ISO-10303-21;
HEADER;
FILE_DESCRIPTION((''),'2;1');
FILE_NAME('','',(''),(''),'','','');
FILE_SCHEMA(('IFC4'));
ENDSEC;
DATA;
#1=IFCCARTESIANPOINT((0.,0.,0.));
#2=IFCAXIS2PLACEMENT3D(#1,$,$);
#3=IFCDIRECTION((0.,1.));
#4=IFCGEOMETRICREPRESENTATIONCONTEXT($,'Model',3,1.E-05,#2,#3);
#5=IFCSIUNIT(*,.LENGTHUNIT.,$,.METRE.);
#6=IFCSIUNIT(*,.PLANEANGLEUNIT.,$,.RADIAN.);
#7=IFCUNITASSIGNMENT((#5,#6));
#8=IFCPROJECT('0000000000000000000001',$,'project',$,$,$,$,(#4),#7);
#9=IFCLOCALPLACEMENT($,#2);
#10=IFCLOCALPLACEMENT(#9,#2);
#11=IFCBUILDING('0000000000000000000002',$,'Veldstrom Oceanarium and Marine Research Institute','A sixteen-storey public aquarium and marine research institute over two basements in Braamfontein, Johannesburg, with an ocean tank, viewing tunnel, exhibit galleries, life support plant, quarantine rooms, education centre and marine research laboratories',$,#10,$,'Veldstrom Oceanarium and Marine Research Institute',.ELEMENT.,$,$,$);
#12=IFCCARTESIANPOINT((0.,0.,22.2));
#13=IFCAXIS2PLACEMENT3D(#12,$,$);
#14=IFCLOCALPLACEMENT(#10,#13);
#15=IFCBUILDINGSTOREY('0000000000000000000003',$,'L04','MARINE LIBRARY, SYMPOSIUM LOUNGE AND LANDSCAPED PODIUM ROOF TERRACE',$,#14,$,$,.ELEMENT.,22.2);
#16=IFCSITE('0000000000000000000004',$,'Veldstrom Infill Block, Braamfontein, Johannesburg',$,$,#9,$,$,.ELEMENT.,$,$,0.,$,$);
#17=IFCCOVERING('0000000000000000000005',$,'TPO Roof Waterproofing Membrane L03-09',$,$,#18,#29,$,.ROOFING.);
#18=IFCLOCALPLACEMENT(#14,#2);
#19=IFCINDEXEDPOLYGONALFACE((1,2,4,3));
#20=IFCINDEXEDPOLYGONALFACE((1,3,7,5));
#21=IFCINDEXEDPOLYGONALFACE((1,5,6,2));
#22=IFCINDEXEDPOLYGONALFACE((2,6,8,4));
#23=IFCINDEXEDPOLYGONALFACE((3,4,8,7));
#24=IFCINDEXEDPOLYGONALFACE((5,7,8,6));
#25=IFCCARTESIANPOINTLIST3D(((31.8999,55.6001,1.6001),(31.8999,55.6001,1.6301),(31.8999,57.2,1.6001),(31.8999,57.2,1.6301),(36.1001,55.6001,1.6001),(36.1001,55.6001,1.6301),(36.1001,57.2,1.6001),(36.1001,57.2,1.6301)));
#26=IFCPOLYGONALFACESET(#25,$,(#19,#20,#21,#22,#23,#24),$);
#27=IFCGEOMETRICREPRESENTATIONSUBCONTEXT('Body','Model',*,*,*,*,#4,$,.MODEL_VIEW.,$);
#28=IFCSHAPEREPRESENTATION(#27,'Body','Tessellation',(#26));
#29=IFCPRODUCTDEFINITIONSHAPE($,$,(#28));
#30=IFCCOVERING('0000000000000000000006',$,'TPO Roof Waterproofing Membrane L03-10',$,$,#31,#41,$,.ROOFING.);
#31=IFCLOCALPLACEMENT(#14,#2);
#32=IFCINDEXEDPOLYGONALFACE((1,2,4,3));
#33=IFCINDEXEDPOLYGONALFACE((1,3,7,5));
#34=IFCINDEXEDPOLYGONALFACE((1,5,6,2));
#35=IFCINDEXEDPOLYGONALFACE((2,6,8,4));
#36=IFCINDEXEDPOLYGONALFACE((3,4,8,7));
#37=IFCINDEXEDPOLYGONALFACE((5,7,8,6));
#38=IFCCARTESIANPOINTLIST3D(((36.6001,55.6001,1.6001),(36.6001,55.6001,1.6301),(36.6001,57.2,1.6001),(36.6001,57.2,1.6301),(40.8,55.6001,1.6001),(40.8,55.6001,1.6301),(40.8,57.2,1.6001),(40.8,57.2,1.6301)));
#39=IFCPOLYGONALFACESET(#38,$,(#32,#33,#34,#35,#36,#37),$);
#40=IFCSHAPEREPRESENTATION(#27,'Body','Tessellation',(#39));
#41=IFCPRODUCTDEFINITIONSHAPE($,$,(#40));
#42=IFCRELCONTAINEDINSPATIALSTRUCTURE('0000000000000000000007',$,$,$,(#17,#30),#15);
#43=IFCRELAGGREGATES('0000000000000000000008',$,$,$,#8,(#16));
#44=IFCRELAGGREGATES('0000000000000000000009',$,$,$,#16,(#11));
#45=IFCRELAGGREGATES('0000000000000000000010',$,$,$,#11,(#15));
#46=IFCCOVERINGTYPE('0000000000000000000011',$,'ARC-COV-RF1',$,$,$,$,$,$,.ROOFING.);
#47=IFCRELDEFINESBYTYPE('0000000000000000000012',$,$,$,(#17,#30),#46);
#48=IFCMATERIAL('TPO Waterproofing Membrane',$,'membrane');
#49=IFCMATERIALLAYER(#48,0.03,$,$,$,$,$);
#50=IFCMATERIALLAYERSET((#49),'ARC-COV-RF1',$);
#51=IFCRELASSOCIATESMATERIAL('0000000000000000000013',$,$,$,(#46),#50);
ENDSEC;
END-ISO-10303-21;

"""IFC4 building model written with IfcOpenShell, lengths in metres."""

from ifc_helpers import new_model, si_unit, direction, frame, origin, place, context, subcontext, project, spatial, polyline, outline, extrude, material, layer, layer_set, type_object, element, save


model = new_model("IFC4")

# Units and contexts
model_context = context("Model", 3, precision=1e-05, world=origin(), true_north=direction((0.0, 1.0)))
body_context = subcontext(model_context, "Body", "Model", "MODEL_VIEW")
ifc_project = project(units=[si_unit("LENGTHUNIT", "METRE"), si_unit("PLANEANGLEUNIT", "RADIAN")], contexts=[model_context])

# Site, building, storey
site_placement = place(None, origin())
site = spatial("IfcSite", under=ifc_project, at=site_placement, Name="Veldstrom Infill Block, Braamfontein, Johannesburg", CompositionType="ELEMENT", RefElevation=0.0)
building_placement = place(site_placement, origin())
building = spatial("IfcBuilding", under=site, at=building_placement, Name="Veldstrom Oceanarium and Marine Research Institute", Description="A sixteen-storey public aquarium and marine research institute over two basements in Braamfontein, Johannesburg, with an ocean tank, viewing tunnel, exhibit galleries, life support plant, quarantine rooms, education centre and marine research laboratories", LongName="Veldstrom Oceanarium and Marine Research Institute", CompositionType="ELEMENT")
storey_placement = place(building_placement, frame((0.0, 0.0, 22.2)))
storey = spatial("IfcBuildingStorey", under=building, at=storey_placement, Name="L04", Description="MARINE LIBRARY, SYMPOSIUM LOUNGE AND LANDSCAPED PODIUM ROOF TERRACE", CompositionType="ELEMENT", Elevation=22.2)

# Coverings
ifc_material_1 = material(Name="TPO Waterproofing Membrane", Category="membrane")
ifc_layer_1 = layer(ifc_material_1, 0.03)
ifc_layer_set_1 = layer_set([ifc_layer_1], Name="ARC-COV-RF1")
covering_type = type_object("IfcCoveringType", Name="ARC-COV-RF1", PredefinedType="ROOFING", material=ifc_layer_set_1)
covering_1_placement = place(storey_placement, frame((0.0, 0.0, 1.6001)))
element("IfcCovering", 1, at=covering_1_placement, inside=storey, type_object=covering_type, Name="TPO Roof Waterproofing Membrane L03-09", PredefinedType="ROOFING", context=body_context, shape_type="SweptSolid", body=[
    extrude(outline(polyline([(31.8999, 55.6001), (36.1001, 55.6001), (36.1001, 57.2), (31.8999, 57.2), (31.8999, 55.6001)])), origin(), (0.0, 0.0, 1.0), 0.03),
])
covering_2_placement = place(storey_placement, frame((0.0, 0.0, 1.6001)))
element("IfcCovering", 2, at=covering_2_placement, inside=storey, type_object=covering_type, Name="TPO Roof Waterproofing Membrane L03-10", PredefinedType="ROOFING", context=body_context, shape_type="SweptSolid", body=[
    extrude(outline(polyline([(36.6001, 55.6001), (40.8, 55.6001), (40.8, 57.2), (36.6001, 57.2), (36.6001, 55.6001)])), origin(), (0.0, 0.0, 1.0), 0.03),
])

save(model, "model.ifc")
